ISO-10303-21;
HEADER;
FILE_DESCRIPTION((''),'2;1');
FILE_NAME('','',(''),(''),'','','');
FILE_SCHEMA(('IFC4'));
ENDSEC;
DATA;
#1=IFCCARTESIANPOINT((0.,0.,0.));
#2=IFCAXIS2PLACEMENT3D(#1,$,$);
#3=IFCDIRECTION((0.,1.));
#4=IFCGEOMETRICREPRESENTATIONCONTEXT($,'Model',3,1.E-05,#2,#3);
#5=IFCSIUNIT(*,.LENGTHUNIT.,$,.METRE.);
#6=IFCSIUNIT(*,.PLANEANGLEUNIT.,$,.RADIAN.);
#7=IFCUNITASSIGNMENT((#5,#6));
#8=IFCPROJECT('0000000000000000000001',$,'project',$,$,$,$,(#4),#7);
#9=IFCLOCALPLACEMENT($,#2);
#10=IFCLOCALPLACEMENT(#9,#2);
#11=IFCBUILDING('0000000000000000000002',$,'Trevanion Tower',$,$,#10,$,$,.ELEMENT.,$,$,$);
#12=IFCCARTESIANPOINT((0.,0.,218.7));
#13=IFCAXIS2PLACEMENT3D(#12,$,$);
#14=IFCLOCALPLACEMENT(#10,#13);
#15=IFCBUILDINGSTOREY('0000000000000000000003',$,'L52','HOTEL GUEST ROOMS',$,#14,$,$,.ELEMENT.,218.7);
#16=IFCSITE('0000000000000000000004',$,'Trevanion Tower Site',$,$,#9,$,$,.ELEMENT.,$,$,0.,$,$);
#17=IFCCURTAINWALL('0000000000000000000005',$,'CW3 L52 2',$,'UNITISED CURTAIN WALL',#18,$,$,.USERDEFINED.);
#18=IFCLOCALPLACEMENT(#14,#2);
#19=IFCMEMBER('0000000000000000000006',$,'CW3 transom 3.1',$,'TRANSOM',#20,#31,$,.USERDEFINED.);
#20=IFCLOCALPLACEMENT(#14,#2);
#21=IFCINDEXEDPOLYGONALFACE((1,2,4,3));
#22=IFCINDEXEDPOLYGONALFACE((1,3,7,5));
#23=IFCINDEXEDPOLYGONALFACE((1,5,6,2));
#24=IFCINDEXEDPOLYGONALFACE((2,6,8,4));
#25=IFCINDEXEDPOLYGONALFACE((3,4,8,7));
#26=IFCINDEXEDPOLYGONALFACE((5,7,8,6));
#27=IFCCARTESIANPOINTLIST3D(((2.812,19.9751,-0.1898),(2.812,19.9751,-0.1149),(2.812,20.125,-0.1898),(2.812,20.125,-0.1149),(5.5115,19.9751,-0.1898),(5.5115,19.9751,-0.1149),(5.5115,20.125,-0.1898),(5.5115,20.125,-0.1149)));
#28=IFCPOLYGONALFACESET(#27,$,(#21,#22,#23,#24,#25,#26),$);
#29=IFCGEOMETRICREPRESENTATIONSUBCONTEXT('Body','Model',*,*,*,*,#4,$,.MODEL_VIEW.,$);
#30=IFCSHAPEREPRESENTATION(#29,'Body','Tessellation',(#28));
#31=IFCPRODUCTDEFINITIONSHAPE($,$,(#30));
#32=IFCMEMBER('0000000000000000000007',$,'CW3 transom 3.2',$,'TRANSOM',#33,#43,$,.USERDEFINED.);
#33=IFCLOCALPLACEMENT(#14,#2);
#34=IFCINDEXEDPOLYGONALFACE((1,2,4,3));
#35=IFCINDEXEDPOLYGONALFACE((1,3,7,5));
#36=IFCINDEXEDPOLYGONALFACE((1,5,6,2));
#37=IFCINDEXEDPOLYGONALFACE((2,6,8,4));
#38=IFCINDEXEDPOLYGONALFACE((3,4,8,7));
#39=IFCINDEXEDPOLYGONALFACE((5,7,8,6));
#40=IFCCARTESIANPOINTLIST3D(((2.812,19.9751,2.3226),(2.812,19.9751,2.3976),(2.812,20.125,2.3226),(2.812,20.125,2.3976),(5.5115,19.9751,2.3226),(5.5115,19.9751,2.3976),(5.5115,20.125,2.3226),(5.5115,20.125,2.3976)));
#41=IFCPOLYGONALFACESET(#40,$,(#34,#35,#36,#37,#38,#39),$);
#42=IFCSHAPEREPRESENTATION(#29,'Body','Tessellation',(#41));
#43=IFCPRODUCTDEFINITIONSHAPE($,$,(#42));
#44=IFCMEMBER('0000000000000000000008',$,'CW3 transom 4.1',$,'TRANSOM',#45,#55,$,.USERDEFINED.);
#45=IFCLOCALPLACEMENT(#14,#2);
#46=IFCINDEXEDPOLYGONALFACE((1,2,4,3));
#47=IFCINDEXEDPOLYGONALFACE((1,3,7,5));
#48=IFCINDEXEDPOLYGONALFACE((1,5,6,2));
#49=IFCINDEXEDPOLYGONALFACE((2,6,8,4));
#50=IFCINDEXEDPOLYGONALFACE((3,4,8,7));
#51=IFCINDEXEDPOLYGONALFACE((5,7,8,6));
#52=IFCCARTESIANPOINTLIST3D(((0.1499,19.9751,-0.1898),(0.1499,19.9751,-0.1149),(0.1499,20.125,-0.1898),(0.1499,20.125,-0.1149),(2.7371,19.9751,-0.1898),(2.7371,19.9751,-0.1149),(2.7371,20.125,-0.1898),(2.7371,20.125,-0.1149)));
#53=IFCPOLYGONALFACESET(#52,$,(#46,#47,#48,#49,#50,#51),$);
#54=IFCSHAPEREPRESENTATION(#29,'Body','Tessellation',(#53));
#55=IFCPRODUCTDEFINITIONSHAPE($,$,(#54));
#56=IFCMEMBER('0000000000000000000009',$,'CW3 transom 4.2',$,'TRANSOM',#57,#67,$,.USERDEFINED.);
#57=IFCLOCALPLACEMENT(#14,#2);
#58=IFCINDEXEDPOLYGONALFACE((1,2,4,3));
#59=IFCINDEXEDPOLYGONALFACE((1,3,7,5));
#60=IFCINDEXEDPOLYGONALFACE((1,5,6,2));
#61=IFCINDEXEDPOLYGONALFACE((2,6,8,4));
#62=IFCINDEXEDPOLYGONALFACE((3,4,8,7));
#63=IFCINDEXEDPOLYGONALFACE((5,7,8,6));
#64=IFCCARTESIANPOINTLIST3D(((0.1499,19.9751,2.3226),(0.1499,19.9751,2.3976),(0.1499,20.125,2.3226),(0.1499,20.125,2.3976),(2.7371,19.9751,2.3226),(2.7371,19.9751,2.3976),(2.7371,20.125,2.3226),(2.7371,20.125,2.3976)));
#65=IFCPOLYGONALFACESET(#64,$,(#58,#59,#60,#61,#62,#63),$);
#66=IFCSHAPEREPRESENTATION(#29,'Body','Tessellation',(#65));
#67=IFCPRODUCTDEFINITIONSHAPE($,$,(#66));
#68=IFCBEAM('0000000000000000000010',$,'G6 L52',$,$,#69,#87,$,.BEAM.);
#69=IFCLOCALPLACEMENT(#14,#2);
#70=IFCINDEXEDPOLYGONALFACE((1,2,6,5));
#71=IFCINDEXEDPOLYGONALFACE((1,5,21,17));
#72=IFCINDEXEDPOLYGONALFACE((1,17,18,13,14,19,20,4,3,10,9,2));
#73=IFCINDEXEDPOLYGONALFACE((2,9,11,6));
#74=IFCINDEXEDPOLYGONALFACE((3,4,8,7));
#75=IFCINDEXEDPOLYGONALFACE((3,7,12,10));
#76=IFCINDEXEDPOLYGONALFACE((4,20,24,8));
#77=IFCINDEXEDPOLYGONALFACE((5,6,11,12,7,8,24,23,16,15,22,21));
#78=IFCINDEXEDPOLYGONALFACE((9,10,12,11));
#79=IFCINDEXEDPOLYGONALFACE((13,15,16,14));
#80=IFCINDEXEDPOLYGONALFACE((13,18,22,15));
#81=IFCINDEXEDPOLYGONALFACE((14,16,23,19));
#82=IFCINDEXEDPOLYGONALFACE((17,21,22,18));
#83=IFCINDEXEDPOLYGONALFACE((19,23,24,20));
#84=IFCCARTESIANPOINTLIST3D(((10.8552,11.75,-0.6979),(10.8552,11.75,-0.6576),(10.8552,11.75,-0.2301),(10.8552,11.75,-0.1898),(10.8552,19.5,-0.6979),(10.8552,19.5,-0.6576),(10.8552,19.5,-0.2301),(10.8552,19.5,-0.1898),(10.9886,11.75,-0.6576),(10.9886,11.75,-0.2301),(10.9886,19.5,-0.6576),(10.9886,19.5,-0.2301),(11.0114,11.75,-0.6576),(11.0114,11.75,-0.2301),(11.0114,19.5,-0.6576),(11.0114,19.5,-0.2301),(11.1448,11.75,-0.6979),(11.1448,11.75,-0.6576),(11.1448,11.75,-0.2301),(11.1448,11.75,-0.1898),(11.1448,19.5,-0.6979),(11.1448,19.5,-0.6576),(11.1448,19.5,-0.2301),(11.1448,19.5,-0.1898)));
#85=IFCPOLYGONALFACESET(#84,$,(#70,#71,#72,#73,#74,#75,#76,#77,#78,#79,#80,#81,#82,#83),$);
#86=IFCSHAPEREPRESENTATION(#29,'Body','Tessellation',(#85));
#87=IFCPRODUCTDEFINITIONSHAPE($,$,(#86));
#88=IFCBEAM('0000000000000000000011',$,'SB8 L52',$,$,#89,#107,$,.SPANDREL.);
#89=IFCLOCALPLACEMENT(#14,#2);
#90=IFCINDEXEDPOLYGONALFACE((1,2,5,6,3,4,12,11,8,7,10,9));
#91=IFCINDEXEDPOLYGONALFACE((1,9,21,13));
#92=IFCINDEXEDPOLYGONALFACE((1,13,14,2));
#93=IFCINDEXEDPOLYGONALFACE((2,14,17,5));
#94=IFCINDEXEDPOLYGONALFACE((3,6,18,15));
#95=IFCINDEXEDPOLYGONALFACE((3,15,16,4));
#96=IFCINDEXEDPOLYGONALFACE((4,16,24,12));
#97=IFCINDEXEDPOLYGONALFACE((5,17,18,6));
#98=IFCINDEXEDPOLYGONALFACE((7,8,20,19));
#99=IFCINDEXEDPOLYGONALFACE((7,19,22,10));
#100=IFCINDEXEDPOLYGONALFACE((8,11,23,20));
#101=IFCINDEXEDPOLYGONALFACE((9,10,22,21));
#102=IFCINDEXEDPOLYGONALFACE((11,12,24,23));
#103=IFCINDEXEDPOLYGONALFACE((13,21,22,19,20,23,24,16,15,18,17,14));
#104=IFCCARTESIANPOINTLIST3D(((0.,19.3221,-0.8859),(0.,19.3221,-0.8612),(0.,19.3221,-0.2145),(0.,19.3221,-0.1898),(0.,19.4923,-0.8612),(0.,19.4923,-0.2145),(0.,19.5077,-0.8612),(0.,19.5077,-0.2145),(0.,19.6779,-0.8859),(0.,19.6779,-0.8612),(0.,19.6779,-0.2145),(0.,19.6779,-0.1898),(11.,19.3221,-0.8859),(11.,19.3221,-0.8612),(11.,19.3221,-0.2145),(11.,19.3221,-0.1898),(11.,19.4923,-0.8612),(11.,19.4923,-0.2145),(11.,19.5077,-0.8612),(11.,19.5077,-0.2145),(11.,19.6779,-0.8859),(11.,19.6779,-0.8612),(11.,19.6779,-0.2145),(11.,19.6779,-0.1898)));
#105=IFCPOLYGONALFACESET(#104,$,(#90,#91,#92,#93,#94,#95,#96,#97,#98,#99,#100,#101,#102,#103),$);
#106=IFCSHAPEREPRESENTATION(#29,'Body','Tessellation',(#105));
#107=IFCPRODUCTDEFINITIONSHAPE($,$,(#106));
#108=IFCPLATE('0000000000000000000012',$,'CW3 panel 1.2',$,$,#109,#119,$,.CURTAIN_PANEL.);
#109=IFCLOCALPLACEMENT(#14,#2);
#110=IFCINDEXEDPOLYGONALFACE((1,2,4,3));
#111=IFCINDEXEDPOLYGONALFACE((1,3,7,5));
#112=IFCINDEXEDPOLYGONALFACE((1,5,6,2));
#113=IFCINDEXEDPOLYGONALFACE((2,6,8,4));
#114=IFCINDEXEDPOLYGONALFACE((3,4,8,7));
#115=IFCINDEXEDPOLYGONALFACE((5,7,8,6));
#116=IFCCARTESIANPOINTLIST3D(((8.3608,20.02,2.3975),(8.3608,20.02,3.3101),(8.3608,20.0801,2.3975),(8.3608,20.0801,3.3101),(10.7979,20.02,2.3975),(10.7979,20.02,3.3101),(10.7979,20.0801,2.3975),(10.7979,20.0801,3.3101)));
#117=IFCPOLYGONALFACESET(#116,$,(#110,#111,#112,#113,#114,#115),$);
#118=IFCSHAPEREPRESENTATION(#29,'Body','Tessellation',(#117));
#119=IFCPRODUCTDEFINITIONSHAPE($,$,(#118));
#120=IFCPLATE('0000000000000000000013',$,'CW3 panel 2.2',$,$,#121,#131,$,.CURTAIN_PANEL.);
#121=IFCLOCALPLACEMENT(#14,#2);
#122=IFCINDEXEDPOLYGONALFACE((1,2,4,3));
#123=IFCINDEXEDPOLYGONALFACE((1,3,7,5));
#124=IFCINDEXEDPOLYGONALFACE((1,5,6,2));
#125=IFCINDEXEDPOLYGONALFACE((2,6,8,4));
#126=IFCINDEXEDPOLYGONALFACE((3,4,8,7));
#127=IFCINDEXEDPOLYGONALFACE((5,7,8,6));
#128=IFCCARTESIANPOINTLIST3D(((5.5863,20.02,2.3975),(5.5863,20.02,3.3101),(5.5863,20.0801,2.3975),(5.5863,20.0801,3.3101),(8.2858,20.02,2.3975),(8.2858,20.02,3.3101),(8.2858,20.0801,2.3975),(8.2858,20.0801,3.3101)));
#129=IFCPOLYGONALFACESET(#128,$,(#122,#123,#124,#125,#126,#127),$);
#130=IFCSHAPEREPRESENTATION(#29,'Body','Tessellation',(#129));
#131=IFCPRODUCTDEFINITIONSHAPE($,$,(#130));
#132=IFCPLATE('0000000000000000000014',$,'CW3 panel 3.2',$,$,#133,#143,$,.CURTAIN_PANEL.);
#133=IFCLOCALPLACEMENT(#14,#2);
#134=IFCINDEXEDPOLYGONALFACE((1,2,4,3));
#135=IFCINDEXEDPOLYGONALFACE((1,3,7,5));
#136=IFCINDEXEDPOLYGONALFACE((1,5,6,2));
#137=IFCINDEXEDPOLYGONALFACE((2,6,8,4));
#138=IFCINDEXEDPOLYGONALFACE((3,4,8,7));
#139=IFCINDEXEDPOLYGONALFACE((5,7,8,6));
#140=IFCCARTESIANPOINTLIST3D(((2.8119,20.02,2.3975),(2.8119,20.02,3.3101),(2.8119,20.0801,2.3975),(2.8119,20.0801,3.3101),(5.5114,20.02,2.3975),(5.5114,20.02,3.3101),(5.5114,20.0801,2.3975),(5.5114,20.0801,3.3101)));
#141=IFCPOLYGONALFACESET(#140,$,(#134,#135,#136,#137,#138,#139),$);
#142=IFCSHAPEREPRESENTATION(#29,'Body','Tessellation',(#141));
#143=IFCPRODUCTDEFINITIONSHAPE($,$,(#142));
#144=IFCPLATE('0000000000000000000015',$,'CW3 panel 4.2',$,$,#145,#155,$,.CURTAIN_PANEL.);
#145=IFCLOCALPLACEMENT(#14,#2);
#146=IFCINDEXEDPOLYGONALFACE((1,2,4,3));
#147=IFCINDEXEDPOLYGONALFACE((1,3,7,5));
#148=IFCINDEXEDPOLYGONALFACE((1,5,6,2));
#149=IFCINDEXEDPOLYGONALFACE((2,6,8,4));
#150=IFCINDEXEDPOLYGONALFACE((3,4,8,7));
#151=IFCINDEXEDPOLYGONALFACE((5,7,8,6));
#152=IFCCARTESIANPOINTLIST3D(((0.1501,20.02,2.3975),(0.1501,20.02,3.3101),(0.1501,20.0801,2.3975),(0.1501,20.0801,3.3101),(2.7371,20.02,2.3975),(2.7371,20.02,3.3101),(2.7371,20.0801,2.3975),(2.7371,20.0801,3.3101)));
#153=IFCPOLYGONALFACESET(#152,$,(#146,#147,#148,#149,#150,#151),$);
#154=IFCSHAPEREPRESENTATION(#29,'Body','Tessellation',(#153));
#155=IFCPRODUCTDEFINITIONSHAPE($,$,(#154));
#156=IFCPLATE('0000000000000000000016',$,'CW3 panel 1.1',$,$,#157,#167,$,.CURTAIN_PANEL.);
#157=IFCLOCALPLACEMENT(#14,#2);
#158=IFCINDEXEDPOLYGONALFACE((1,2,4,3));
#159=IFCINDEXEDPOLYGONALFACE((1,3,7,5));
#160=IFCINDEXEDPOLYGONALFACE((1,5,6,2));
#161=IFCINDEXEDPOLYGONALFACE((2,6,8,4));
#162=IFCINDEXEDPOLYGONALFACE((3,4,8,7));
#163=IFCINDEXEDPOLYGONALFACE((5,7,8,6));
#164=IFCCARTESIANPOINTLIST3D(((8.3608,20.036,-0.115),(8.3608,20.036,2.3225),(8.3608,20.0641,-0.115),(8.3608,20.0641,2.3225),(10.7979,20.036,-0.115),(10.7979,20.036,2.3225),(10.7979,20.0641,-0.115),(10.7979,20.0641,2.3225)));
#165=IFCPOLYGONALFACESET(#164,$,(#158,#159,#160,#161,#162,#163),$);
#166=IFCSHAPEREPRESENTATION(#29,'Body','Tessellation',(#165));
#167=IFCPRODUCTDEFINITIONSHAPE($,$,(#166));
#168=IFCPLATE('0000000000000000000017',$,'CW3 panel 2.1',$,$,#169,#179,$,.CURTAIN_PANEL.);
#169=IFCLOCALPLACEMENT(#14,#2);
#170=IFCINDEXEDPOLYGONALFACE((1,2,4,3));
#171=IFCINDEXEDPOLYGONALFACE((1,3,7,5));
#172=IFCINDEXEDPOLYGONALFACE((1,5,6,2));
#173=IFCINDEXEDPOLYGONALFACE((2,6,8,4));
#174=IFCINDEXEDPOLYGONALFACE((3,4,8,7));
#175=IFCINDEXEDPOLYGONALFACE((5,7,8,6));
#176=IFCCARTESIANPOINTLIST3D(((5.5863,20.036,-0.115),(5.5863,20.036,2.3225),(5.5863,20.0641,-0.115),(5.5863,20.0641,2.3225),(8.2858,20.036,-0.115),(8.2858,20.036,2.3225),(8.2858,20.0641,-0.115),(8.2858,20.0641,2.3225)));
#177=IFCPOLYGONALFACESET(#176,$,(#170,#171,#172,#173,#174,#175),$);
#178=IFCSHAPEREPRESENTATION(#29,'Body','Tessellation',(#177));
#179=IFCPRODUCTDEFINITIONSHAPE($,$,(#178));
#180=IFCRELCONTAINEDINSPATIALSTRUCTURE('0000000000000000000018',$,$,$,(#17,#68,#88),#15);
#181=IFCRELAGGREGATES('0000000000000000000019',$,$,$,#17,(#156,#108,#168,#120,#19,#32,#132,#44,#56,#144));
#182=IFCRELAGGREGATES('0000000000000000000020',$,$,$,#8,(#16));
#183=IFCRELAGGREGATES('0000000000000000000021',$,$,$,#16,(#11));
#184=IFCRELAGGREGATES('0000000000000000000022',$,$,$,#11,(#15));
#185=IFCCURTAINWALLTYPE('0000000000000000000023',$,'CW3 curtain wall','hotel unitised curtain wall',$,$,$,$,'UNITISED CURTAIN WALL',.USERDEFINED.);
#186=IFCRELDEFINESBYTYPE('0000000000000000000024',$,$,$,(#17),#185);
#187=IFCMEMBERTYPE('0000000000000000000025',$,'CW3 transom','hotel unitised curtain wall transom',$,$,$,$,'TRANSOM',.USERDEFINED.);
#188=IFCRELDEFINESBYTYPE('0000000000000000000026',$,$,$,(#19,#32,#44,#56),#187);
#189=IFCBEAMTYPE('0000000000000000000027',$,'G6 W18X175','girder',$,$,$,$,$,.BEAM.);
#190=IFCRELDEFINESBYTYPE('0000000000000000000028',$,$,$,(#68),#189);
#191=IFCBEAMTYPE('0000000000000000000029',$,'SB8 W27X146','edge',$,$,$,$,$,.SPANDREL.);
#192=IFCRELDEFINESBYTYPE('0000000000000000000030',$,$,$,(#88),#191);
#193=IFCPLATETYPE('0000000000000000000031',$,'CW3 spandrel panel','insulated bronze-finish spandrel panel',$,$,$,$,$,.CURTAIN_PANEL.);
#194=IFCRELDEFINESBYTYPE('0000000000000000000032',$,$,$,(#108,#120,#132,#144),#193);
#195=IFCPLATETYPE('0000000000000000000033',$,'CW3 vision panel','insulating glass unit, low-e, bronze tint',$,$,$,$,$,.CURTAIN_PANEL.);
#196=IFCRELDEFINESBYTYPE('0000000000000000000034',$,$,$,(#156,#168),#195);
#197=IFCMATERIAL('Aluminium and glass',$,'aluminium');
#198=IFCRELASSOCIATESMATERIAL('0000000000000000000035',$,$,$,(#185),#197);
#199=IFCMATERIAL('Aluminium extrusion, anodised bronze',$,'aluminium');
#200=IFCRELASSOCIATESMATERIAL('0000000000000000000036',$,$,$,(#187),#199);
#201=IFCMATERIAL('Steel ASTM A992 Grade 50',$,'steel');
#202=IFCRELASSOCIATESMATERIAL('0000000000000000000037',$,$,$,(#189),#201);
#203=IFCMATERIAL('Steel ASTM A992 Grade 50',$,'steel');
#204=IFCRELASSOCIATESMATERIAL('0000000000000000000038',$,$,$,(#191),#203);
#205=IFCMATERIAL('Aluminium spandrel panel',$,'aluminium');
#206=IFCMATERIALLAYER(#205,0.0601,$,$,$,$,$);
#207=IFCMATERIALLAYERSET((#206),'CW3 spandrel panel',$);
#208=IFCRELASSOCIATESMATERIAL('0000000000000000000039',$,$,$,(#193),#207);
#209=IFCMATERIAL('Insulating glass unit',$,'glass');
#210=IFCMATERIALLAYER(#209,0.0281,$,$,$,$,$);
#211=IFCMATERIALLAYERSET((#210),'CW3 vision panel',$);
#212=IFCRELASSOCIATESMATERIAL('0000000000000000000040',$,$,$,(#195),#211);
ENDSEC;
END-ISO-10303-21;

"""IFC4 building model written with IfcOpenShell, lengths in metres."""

from ifc_helpers import new_model, si_unit, direction, frame, origin, origin_2d, place, context, subcontext, project, spatial, rectangle, i_section, extrude, material, layer, layer_set, material_profile, profile_set, type_object, element, aggregate, save


model = new_model("IFC4")

# Units and contexts
model_context = context("Model", 3, precision=1e-05, world=origin(), true_north=direction((0.0, 1.0)))
body_context = subcontext(model_context, "Body", "Model", "MODEL_VIEW")
ifc_project = project(units=[si_unit("LENGTHUNIT", "METRE"), si_unit("PLANEANGLEUNIT", "RADIAN")], contexts=[model_context])

# Site, building, storey
site_placement = place(None, origin())
site = spatial("IfcSite", under=ifc_project, at=site_placement, Name="Trevanion Tower Site", CompositionType="ELEMENT", RefElevation=0.0)
building_placement = place(site_placement, origin())
building = spatial("IfcBuilding", under=site, at=building_placement, Name="Trevanion Tower", CompositionType="ELEMENT")
storey_placement = place(building_placement, frame((0.0, 0.0, 218.7)))
storey = spatial("IfcBuildingStorey", under=building, at=storey_placement, Name="L52", Description="HOTEL GUEST ROOMS", CompositionType="ELEMENT", Elevation=218.7)

# Curtain wall
ifc_material_1 = material(Name="Aluminium and glass", Category="aluminium")
curtain_wall_type = type_object("IfcCurtainWallType", Name="CW3 curtain wall", Description="hotel unitised curtain wall", ElementType="UNITISED CURTAIN WALL", PredefinedType="USERDEFINED", material=ifc_material_1)
curtain_wall_1_placement = place(storey_placement, origin())
curtain_wall_1 = element("IfcCurtainWall", 1, at=curtain_wall_1_placement, inside=storey, type_object=curtain_wall_type, Name="CW3 L52 2", ObjectType="UNITISED CURTAIN WALL", PredefinedType="USERDEFINED")

# Members
ifc_material_2 = material(Name="Aluminium extrusion, anodised bronze", Category="aluminium")
ifc_material_profile_1 = material_profile(ifc_material_2, rectangle(XDim=0.1499, YDim=0.075, at=origin_2d()), Name="CW3 transom")
ifc_profile_set_1 = profile_set([ifc_material_profile_1], Name="Aluminium extrusion, anodised bronze")
member_type_1 = type_object("IfcMemberType", Name="CW3 transom", Description="hotel unitised curtain wall transom", ElementType="TRANSOM", PredefinedType="USERDEFINED", material=ifc_profile_set_1)
member_1_placement = place(storey_placement, frame((5.5115, 20.05, -0.1523), z_axis=(-1.0, 0.0, 0.0), x_axis=(0.0, -1.0, 0.0)))
member_1 = element("IfcMember", 2, at=member_1_placement, type_object=member_type_1, Name="CW3 transom 3.1", ObjectType="TRANSOM", PredefinedType="USERDEFINED", context=body_context, shape_type="SweptSolid", body=[
    extrude(rectangle(XDim=0.1499, YDim=0.075, at=origin_2d()), origin(), (0.0, 0.0, 1.0), 2.6995),
])
member_2_placement = place(storey_placement, frame((5.5115, 20.05, 2.3601), z_axis=(-1.0, 0.0, 0.0), x_axis=(0.0, -1.0, 0.0)))
member_2 = element("IfcMember", 3, at=member_2_placement, type_object=member_type_1, Name="CW3 transom 3.2", ObjectType="TRANSOM", PredefinedType="USERDEFINED", context=body_context, shape_type="SweptSolid", body=[
    extrude(rectangle(XDim=0.1499, YDim=0.075, at=origin_2d()), origin(), (0.0, 0.0, 1.0), 2.6995),
])
member_3_placement = place(storey_placement, frame((2.7371, 20.05, -0.1523), z_axis=(-1.0, 0.0, 0.0), x_axis=(0.0, -1.0, 0.0)))
member_3 = element("IfcMember", 4, at=member_3_placement, type_object=member_type_1, Name="CW3 transom 4.1", ObjectType="TRANSOM", PredefinedType="USERDEFINED", context=body_context, shape_type="SweptSolid", body=[
    extrude(rectangle(XDim=0.1499, YDim=0.075, at=origin_2d()), origin(), (0.0, 0.0, 1.0), 2.5872),
])
member_4_placement = place(storey_placement, frame((2.7371, 20.05, 2.3601), z_axis=(-1.0, 0.0, 0.0), x_axis=(0.0, -1.0, 0.0)))
member_4 = element("IfcMember", 5, at=member_4_placement, type_object=member_type_1, Name="CW3 transom 4.2", ObjectType="TRANSOM", PredefinedType="USERDEFINED", context=body_context, shape_type="SweptSolid", body=[
    extrude(rectangle(XDim=0.1499, YDim=0.075, at=origin_2d()), origin(), (0.0, 0.0, 1.0), 2.5872),
])

# Beams
ifc_material_3 = material(Name="Steel ASTM A992 Grade 50", Category="steel")
ifc_material_profile_2 = material_profile(ifc_material_3, i_section(OverallWidth=0.2896, OverallDepth=0.5081, WebThickness=0.0227, FlangeThickness=0.0403, at=origin_2d()), Name="W18X175")
ifc_profile_set_2 = profile_set([ifc_material_profile_2], Name="Steel ASTM A992 Grade 50")
beam_type_1 = type_object("IfcBeamType", Name="G6 W18X175", Description="girder", PredefinedType="BEAM", material=ifc_profile_set_2)
beam_1_placement = place(storey_placement, frame((11.0, 11.75, -0.4438), z_axis=(0.0, 1.0, 0.0), x_axis=(-1.0, 0.0, 0.0)))
element("IfcBeam", 6, at=beam_1_placement, inside=storey, type_object=beam_type_1, Name="G6 L52", PredefinedType="BEAM", context=body_context, shape_type="SweptSolid", body=[
    extrude(i_section(OverallWidth=0.2896, OverallDepth=0.5081, WebThickness=0.0227, FlangeThickness=0.0403, at=origin_2d()), origin(), (0.0, 0.0, 1.0), 7.75),
])
ifc_material_4 = material(Name="Steel ASTM A992 Grade 50", Category="steel")
ifc_material_profile_3 = material_profile(ifc_material_4, i_section(OverallWidth=0.3557, OverallDepth=0.696, WebThickness=0.0154, FlangeThickness=0.0247, at=origin_2d()), Name="W27X146")
ifc_profile_set_3 = profile_set([ifc_material_profile_3], Name="Steel ASTM A992 Grade 50")
beam_type_2 = type_object("IfcBeamType", Name="SB8 W27X146", Description="edge", PredefinedType="SPANDREL", material=ifc_profile_set_3)
beam_2_placement = place(storey_placement, frame((11.0, 19.5, -0.5378), z_axis=(-1.0, 0.0, 0.0), x_axis=(0.0, -1.0, 0.0)))
element("IfcBeam", 7, at=beam_2_placement, inside=storey, type_object=beam_type_2, Name="SB8 L52", PredefinedType="SPANDREL", context=body_context, shape_type="SweptSolid", body=[
    extrude(i_section(OverallWidth=0.3557, OverallDepth=0.696, WebThickness=0.0154, FlangeThickness=0.0247, at=origin_2d()), origin(), (0.0, 0.0, 1.0), 11.0),
])

# Plates
ifc_material_5 = material(Name="Aluminium spandrel panel", Category="aluminium")
ifc_layer_1 = layer(ifc_material_5, 0.0601)
ifc_layer_set_1 = layer_set([ifc_layer_1], Name="CW3 spandrel panel")
plate_type_1 = type_object("IfcPlateType", Name="CW3 spandrel panel", Description="insulated bronze-finish spandrel panel", PredefinedType="CURTAIN_PANEL", material=ifc_layer_set_1)
plate_1_placement = place(storey_placement, frame((9.5793, 20.05, 2.3975), z_axis=(0.0, 0.0, 1.0), x_axis=(-1.0, 0.0, 0.0)))
plate_1 = element("IfcPlate", 8, at=plate_1_placement, type_object=plate_type_1, Name="CW3 panel 1.2", PredefinedType="CURTAIN_PANEL", context=body_context, shape_type="SweptSolid", body=[
    extrude(rectangle(XDim=2.437, YDim=0.0601, at=origin_2d()), origin(), (0.0, 0.0, 1.0), 0.9126),
])
plate_2_placement = place(storey_placement, frame((6.936, 20.05, 2.3975), z_axis=(0.0, 0.0, 1.0), x_axis=(-1.0, 0.0, 0.0)))
plate_2 = element("IfcPlate", 9, at=plate_2_placement, type_object=plate_type_1, Name="CW3 panel 2.2", PredefinedType="CURTAIN_PANEL", context=body_context, shape_type="SweptSolid", body=[
    extrude(rectangle(XDim=2.6995, YDim=0.0601, at=origin_2d()), origin(), (0.0, 0.0, 1.0), 0.9126),
])
plate_3_placement = place(storey_placement, frame((4.1616, 20.05, 2.3975), z_axis=(0.0, 0.0, 1.0), x_axis=(-1.0, 0.0, 0.0)))
plate_3 = element("IfcPlate", 10, at=plate_3_placement, type_object=plate_type_1, Name="CW3 panel 3.2", PredefinedType="CURTAIN_PANEL", context=body_context, shape_type="SweptSolid", body=[
    extrude(rectangle(XDim=2.6995, YDim=0.0601, at=origin_2d()), origin(), (0.0, 0.0, 1.0), 0.9126),
])
plate_4_placement = place(storey_placement, frame((1.4436, 20.05, 2.3975), z_axis=(0.0, 0.0, 1.0), x_axis=(-1.0, 0.0, 0.0)))
plate_4 = element("IfcPlate", 11, at=plate_4_placement, type_object=plate_type_1, Name="CW3 panel 4.2", PredefinedType="CURTAIN_PANEL", context=body_context, shape_type="SweptSolid", body=[
    extrude(rectangle(XDim=2.5869, YDim=0.0601, at=origin_2d()), origin(), (0.0, 0.0, 1.0), 0.9126),
])
ifc_material_6 = material(Name="Insulating glass unit", Category="glass")
ifc_layer_2 = layer(ifc_material_6, 0.0281)
ifc_layer_set_2 = layer_set([ifc_layer_2], Name="CW3 vision panel")
plate_type_2 = type_object("IfcPlateType", Name="CW3 vision panel", Description="insulating glass unit, low-e, bronze tint", PredefinedType="CURTAIN_PANEL", material=ifc_layer_set_2)
plate_5_placement = place(storey_placement, frame((9.5793, 20.05, -0.115), z_axis=(0.0, 0.0, 1.0), x_axis=(-1.0, 0.0, 0.0)))
plate_5 = element("IfcPlate", 12, at=plate_5_placement, type_object=plate_type_2, Name="CW3 panel 1.1", PredefinedType="CURTAIN_PANEL", context=body_context, shape_type="SweptSolid", body=[
    extrude(rectangle(XDim=2.437, YDim=0.0281, at=origin_2d()), origin(), (0.0, 0.0, 1.0), 2.4375),
])
plate_6_placement = place(storey_placement, frame((6.936, 20.05, -0.115), z_axis=(0.0, 0.0, 1.0), x_axis=(-1.0, 0.0, 0.0)))
plate_6 = element("IfcPlate", 13, at=plate_6_placement, type_object=plate_type_2, Name="CW3 panel 2.1", PredefinedType="CURTAIN_PANEL", context=body_context, shape_type="SweptSolid", body=[
    extrude(rectangle(XDim=2.6995, YDim=0.0281, at=origin_2d()), origin(), (0.0, 0.0, 1.0), 2.4375),
])
aggregate(curtain_wall_1, [plate_5, plate_1, plate_6, plate_2, member_1, member_2, plate_3, member_3, member_4, plate_4])

save(model, "model.ifc")
